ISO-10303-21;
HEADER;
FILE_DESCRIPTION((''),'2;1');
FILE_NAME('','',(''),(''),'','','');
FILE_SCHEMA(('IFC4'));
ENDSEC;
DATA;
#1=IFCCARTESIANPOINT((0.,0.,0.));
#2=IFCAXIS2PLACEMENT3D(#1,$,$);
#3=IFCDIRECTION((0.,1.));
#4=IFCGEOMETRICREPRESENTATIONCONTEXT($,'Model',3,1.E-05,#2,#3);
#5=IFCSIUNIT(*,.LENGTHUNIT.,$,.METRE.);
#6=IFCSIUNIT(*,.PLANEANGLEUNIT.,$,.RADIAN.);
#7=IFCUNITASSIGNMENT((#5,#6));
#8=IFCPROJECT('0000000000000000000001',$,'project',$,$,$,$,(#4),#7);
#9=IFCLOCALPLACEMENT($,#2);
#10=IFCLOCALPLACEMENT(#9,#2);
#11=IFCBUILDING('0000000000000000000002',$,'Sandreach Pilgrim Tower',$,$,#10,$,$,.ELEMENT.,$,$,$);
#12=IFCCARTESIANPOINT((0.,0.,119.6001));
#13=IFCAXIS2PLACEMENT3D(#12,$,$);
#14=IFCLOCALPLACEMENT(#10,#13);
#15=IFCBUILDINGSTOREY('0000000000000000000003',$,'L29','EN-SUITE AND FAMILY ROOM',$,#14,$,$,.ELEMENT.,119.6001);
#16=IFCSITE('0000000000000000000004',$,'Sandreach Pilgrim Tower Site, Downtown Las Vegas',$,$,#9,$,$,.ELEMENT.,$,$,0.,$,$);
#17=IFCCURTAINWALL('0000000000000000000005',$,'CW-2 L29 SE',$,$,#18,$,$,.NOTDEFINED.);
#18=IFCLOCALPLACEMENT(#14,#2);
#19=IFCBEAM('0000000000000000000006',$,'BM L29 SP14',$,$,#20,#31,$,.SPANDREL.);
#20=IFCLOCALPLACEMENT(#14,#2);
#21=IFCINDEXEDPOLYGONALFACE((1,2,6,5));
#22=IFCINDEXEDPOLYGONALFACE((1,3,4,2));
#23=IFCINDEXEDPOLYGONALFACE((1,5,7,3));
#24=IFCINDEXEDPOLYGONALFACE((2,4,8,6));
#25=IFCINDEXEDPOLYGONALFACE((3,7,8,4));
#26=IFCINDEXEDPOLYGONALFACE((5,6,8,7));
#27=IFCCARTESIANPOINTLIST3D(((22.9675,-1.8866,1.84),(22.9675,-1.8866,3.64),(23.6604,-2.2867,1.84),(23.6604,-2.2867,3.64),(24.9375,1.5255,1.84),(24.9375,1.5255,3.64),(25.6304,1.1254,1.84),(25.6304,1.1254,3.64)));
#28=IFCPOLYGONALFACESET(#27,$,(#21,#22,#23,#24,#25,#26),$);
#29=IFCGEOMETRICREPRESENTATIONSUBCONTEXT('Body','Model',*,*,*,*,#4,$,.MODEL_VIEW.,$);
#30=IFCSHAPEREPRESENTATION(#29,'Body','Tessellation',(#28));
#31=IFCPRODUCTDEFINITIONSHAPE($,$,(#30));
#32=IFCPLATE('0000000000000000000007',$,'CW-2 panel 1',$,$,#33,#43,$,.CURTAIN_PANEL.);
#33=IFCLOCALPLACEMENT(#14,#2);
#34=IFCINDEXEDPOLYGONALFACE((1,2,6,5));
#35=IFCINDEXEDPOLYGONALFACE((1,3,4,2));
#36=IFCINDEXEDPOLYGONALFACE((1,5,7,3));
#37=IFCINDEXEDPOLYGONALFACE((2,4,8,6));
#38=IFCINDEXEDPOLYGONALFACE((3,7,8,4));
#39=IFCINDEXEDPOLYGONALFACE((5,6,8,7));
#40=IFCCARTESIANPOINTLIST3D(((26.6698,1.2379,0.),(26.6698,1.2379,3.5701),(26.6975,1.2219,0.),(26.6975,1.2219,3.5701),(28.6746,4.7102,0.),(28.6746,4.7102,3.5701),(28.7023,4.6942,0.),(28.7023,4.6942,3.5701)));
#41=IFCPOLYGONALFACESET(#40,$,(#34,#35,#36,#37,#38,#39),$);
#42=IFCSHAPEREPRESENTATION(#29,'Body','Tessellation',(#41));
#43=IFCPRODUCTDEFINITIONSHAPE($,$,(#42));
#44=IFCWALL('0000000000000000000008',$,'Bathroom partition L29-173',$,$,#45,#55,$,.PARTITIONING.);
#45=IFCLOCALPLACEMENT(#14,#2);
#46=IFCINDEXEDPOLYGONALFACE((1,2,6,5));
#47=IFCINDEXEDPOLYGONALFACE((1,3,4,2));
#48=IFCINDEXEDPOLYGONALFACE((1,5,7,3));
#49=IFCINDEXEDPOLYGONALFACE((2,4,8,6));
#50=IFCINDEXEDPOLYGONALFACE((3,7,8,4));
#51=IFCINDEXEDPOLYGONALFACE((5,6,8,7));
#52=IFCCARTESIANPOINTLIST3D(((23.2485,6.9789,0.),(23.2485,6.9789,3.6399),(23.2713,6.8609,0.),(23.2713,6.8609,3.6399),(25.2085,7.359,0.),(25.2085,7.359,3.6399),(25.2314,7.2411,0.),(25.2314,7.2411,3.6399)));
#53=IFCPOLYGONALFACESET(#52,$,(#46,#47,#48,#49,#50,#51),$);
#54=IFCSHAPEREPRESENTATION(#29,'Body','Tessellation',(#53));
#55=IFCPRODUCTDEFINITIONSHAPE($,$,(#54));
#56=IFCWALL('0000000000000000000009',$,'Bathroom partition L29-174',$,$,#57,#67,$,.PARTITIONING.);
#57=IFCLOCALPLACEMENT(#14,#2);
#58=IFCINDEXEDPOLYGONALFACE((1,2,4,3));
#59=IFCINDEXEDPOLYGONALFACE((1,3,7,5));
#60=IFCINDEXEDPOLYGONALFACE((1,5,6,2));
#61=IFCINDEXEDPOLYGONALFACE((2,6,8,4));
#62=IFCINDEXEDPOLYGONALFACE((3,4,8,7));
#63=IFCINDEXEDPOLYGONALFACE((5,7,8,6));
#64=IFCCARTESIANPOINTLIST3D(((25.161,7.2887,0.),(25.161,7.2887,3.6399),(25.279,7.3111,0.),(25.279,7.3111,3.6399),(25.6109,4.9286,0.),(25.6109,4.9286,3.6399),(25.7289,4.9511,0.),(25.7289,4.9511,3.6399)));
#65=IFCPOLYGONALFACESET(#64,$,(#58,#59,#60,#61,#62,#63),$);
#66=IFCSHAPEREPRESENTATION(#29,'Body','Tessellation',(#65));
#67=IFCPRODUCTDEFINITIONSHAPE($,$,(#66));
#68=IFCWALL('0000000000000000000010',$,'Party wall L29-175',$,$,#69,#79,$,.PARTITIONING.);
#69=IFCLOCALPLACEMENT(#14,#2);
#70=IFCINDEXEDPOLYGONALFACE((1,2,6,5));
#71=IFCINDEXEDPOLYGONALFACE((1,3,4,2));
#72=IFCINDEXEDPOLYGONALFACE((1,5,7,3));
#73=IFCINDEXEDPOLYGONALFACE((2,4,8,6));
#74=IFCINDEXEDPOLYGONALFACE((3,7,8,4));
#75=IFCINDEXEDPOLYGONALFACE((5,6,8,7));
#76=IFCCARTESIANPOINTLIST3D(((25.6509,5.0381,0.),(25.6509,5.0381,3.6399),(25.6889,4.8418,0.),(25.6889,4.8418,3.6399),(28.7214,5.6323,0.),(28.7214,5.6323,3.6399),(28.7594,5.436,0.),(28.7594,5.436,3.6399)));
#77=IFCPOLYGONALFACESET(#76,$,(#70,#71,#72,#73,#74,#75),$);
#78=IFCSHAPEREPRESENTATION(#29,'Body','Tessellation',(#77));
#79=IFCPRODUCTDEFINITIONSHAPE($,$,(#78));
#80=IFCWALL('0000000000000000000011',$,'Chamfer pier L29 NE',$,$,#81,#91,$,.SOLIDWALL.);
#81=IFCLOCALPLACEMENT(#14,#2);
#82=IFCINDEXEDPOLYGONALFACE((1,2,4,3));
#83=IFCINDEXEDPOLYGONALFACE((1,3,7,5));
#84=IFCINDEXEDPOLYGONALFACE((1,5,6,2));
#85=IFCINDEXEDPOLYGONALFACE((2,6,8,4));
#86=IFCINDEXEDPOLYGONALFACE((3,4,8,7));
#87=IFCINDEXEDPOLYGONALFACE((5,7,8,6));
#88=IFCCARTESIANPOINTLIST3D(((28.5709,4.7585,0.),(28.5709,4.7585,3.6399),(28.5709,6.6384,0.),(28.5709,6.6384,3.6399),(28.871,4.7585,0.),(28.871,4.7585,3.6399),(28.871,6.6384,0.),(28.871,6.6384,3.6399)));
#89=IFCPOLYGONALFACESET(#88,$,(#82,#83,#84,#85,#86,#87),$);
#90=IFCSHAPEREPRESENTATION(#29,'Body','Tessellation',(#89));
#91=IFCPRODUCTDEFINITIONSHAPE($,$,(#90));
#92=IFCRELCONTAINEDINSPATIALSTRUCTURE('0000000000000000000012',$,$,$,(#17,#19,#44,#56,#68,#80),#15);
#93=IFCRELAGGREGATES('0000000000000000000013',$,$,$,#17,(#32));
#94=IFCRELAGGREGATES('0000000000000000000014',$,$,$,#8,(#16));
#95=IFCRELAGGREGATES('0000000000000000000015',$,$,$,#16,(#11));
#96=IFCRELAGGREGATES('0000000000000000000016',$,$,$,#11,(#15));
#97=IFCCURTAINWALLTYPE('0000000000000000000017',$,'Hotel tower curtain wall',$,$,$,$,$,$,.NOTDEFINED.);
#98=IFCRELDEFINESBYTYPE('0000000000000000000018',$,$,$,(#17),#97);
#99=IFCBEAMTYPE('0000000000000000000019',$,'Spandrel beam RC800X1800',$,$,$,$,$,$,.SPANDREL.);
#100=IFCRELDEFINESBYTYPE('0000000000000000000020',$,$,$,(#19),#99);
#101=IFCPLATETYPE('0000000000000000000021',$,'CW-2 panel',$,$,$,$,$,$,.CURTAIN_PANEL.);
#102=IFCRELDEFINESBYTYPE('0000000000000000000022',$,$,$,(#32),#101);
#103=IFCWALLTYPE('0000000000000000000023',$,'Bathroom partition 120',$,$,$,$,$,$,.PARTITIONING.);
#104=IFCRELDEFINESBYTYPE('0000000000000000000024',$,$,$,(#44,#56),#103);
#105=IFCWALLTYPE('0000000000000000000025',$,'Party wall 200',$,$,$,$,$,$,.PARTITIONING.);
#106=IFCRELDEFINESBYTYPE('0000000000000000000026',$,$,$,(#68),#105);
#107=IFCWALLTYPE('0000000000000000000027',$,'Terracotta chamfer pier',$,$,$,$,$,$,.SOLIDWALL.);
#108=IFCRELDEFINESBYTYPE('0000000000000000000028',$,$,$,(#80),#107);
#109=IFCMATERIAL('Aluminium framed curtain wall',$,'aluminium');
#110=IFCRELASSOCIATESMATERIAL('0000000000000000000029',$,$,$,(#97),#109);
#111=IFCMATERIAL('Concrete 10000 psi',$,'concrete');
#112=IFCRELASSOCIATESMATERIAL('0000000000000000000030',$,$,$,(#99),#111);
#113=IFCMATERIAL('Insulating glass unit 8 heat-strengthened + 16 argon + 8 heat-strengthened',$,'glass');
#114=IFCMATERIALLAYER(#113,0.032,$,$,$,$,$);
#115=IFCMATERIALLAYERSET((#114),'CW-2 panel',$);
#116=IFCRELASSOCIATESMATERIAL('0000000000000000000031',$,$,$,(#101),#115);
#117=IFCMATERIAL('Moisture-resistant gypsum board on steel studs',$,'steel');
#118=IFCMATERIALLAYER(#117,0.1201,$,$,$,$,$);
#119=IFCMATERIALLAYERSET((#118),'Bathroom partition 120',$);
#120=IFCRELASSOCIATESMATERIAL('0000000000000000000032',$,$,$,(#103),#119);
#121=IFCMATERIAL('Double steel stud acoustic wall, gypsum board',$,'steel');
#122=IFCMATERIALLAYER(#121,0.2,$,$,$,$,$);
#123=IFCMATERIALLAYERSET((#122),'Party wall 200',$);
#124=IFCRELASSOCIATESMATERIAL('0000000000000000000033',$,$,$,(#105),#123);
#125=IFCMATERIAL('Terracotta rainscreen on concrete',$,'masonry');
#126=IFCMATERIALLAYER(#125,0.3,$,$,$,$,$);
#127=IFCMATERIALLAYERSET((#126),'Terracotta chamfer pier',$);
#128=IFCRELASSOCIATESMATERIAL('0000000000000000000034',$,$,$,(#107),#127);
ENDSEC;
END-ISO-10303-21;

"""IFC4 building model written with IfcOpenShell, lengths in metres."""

from ifc_helpers import new_model, si_unit, direction, frame, frame_2d, origin, origin_2d, place, context, subcontext, project, spatial, rectangle, extrude, material, layer, layer_set, material_profile, profile_set, type_object, element, aggregate, save


model = new_model("IFC4")

# Units and contexts
model_context = context("Model", 3, precision=1e-05, world=origin(), true_north=direction((0.0, 1.0)))
body_context = subcontext(model_context, "Body", "Model", "MODEL_VIEW")
ifc_project = project(units=[si_unit("LENGTHUNIT", "METRE"), si_unit("PLANEANGLEUNIT", "RADIAN")], contexts=[model_context])

# Site, building, storey
site_placement = place(None, origin())
site = spatial("IfcSite", under=ifc_project, at=site_placement, Name="Sandreach Pilgrim Tower Site, Downtown Las Vegas", CompositionType="ELEMENT", RefElevation=0.0)
building_placement = place(site_placement, origin())
building = spatial("IfcBuilding", under=site, at=building_placement, Name="Sandreach Pilgrim Tower", CompositionType="ELEMENT")
storey_placement = place(building_placement, frame((0.0, 0.0, 119.6001)))
storey = spatial("IfcBuildingStorey", under=building, at=storey_placement, Name="L29", Description="EN-SUITE AND FAMILY ROOM", CompositionType="ELEMENT", Elevation=119.6001)

# Shared definitions
ifc_material_1 = material(Name="Aluminium framed curtain wall", Category="aluminium")
curtain_wall_type = type_object("IfcCurtainWallType", Name="Hotel tower curtain wall", PredefinedType="NOTDEFINED", material=ifc_material_1)

# Curtain wall
curtain_wall_1_placement = place(storey_placement, origin())
curtain_wall_1 = element("IfcCurtainWall", 1, at=curtain_wall_1_placement, inside=storey, type_object=curtain_wall_type, Name="CW-2 L29 SE", PredefinedType="NOTDEFINED")

# Beam
ifc_material_2 = material(Name="Concrete 10000 psi", Category="concrete")
ifc_material_profile_1 = material_profile(ifc_material_2, rectangle(XDim=0.8, YDim=1.8, at=origin_2d()), Name="RC800X1800")
ifc_profile_set_1 = profile_set([ifc_material_profile_1], Name="Concrete 10000 psi")
beam_type_1 = type_object("IfcBeamType", Name="Spandrel beam RC800X1800", PredefinedType="SPANDREL", material=ifc_profile_set_1)
beam_1_placement = place(storey_placement, frame((25.2839, 1.3254, 2.74), z_axis=(-0.499998, -0.866027, 0.0), x_axis=(0.866027, -0.499998, 0.0)))
element("IfcBeam", 2, at=beam_1_placement, inside=storey, type_object=beam_type_1, Name="BM L29 SP14", PredefinedType="SPANDREL", context=body_context, shape_type="SweptSolid", body=[
    extrude(rectangle(XDim=0.8, YDim=1.8, at=origin_2d()), origin(), (0.0, 0.0, 1.0), 3.9399),
])

# Plate
ifc_material_3 = material(Name="Insulating glass unit 8 heat-strengthened + 16 argon + 8 heat-strengthened", Category="glass")
ifc_layer_1 = layer(ifc_material_3, 0.032)
ifc_layer_set_1 = layer_set([ifc_layer_1], Name="CW-2 panel")
plate_type = type_object("IfcPlateType", Name="CW-2 panel", PredefinedType="CURTAIN_PANEL", material=ifc_layer_set_1)
plate_placement = place(storey_placement, frame((27.686, 2.9661, 0.0), z_axis=(0.0, 0.0, 1.0), x_axis=(-0.5, -0.866025, 0.0)))
plate = element("IfcPlate", 3, at=plate_placement, type_object=plate_type, Name="CW-2 panel 1", PredefinedType="CURTAIN_PANEL", context=body_context, shape_type="SweptSolid", body=[
    extrude(rectangle(XDim=4.0095, YDim=0.032, at=origin_2d()), origin(), (0.0, 0.0, 1.0), 3.5701),
])
aggregate(curtain_wall_1, [plate])

# Walls
ifc_material_4 = material(Name="Moisture-resistant gypsum board on steel studs", Category="steel")
ifc_layer_2 = layer(ifc_material_4, 0.1201)
ifc_layer_set_2 = layer_set([ifc_layer_2], Name="Bathroom partition 120")
wall_type_1 = type_object("IfcWallType", Name="Bathroom partition 120", PredefinedType="PARTITIONING", material=ifc_layer_set_2)
wall_1_placement = place(storey_placement, frame((25.22, 7.3, 0.0), z_axis=(0.0, 0.0, 1.0), x_axis=(-0.981707, -0.190398, 0.0)))
element("IfcWall", 4, at=wall_1_placement, inside=storey, type_object=wall_type_1, Name="Bathroom partition L29-173", PredefinedType="PARTITIONING", context=body_context, shape_type="SweptSolid", body=[
    extrude(rectangle(XDim=1.9966, YDim=0.1201, at=frame_2d((0.9983, 0.0))), origin(), (0.0, 0.0, 1.0), 3.6399),
])
wall_2_placement = place(storey_placement, frame((25.6699, 4.9399, 0.0), z_axis=(0.0, 0.0, 1.0), x_axis=(-0.187276, 0.982307, 0.0)))
element("IfcWall", 5, at=wall_2_placement, inside=storey, type_object=wall_type_1, Name="Bathroom partition L29-174", PredefinedType="PARTITIONING", context=body_context, shape_type="SweptSolid", body=[
    extrude(rectangle(XDim=2.4026, YDim=0.1201, at=frame_2d((1.2012, 0.0))), origin(), (0.0, 0.0, 1.0), 3.6399),
])
ifc_material_5 = material(Name="Double steel stud acoustic wall, gypsum board", Category="steel")
ifc_layer_3 = layer(ifc_material_5, 0.2)
ifc_layer_set_3 = layer_set([ifc_layer_3], Name="Party wall 200")
wall_type_2 = type_object("IfcWallType", Name="Party wall 200", PredefinedType="PARTITIONING", material=ifc_layer_set_3)
wall_3_placement = place(storey_placement, frame((25.6699, 4.9399, 0.0), z_axis=(0.0, 0.0, 1.0), x_axis=(0.981784, 0.190002, 0.0)))
element("IfcWall", 6, at=wall_3_placement, inside=storey, type_object=wall_type_2, Name="Party wall L29-175", PredefinedType="PARTITIONING", context=body_context, shape_type="SweptSolid", body=[
    extrude(rectangle(XDim=3.1274, YDim=0.2, at=frame_2d((1.5637, 0.0))), origin(), (0.0, 0.0, 1.0), 3.6399),
])
ifc_material_6 = material(Name="Terracotta rainscreen on concrete", Category="masonry")
ifc_layer_4 = layer(ifc_material_6, 0.3)
ifc_layer_set_4 = layer_set([ifc_layer_4], Name="Terracotta chamfer pier")
wall_type_3 = type_object("IfcWallType", Name="Terracotta chamfer pier", PredefinedType="SOLIDWALL", material=ifc_layer_set_4)
wall_4_placement = place(storey_placement, frame((28.7209, 6.6384, 0.0), z_axis=(0.0, 0.0, 1.0), x_axis=(0.0, -1.0, 0.0)))
element("IfcWall", 7, at=wall_4_placement, inside=storey, type_object=wall_type_3, Name="Chamfer pier L29 NE", PredefinedType="SOLIDWALL", context=body_context, shape_type="SweptSolid", body=[
    extrude(rectangle(XDim=1.8799, YDim=0.3, at=frame_2d((0.9399, 0.0))), origin(), (0.0, 0.0, 1.0), 3.6399),
])

save(model, "model.ifc")
